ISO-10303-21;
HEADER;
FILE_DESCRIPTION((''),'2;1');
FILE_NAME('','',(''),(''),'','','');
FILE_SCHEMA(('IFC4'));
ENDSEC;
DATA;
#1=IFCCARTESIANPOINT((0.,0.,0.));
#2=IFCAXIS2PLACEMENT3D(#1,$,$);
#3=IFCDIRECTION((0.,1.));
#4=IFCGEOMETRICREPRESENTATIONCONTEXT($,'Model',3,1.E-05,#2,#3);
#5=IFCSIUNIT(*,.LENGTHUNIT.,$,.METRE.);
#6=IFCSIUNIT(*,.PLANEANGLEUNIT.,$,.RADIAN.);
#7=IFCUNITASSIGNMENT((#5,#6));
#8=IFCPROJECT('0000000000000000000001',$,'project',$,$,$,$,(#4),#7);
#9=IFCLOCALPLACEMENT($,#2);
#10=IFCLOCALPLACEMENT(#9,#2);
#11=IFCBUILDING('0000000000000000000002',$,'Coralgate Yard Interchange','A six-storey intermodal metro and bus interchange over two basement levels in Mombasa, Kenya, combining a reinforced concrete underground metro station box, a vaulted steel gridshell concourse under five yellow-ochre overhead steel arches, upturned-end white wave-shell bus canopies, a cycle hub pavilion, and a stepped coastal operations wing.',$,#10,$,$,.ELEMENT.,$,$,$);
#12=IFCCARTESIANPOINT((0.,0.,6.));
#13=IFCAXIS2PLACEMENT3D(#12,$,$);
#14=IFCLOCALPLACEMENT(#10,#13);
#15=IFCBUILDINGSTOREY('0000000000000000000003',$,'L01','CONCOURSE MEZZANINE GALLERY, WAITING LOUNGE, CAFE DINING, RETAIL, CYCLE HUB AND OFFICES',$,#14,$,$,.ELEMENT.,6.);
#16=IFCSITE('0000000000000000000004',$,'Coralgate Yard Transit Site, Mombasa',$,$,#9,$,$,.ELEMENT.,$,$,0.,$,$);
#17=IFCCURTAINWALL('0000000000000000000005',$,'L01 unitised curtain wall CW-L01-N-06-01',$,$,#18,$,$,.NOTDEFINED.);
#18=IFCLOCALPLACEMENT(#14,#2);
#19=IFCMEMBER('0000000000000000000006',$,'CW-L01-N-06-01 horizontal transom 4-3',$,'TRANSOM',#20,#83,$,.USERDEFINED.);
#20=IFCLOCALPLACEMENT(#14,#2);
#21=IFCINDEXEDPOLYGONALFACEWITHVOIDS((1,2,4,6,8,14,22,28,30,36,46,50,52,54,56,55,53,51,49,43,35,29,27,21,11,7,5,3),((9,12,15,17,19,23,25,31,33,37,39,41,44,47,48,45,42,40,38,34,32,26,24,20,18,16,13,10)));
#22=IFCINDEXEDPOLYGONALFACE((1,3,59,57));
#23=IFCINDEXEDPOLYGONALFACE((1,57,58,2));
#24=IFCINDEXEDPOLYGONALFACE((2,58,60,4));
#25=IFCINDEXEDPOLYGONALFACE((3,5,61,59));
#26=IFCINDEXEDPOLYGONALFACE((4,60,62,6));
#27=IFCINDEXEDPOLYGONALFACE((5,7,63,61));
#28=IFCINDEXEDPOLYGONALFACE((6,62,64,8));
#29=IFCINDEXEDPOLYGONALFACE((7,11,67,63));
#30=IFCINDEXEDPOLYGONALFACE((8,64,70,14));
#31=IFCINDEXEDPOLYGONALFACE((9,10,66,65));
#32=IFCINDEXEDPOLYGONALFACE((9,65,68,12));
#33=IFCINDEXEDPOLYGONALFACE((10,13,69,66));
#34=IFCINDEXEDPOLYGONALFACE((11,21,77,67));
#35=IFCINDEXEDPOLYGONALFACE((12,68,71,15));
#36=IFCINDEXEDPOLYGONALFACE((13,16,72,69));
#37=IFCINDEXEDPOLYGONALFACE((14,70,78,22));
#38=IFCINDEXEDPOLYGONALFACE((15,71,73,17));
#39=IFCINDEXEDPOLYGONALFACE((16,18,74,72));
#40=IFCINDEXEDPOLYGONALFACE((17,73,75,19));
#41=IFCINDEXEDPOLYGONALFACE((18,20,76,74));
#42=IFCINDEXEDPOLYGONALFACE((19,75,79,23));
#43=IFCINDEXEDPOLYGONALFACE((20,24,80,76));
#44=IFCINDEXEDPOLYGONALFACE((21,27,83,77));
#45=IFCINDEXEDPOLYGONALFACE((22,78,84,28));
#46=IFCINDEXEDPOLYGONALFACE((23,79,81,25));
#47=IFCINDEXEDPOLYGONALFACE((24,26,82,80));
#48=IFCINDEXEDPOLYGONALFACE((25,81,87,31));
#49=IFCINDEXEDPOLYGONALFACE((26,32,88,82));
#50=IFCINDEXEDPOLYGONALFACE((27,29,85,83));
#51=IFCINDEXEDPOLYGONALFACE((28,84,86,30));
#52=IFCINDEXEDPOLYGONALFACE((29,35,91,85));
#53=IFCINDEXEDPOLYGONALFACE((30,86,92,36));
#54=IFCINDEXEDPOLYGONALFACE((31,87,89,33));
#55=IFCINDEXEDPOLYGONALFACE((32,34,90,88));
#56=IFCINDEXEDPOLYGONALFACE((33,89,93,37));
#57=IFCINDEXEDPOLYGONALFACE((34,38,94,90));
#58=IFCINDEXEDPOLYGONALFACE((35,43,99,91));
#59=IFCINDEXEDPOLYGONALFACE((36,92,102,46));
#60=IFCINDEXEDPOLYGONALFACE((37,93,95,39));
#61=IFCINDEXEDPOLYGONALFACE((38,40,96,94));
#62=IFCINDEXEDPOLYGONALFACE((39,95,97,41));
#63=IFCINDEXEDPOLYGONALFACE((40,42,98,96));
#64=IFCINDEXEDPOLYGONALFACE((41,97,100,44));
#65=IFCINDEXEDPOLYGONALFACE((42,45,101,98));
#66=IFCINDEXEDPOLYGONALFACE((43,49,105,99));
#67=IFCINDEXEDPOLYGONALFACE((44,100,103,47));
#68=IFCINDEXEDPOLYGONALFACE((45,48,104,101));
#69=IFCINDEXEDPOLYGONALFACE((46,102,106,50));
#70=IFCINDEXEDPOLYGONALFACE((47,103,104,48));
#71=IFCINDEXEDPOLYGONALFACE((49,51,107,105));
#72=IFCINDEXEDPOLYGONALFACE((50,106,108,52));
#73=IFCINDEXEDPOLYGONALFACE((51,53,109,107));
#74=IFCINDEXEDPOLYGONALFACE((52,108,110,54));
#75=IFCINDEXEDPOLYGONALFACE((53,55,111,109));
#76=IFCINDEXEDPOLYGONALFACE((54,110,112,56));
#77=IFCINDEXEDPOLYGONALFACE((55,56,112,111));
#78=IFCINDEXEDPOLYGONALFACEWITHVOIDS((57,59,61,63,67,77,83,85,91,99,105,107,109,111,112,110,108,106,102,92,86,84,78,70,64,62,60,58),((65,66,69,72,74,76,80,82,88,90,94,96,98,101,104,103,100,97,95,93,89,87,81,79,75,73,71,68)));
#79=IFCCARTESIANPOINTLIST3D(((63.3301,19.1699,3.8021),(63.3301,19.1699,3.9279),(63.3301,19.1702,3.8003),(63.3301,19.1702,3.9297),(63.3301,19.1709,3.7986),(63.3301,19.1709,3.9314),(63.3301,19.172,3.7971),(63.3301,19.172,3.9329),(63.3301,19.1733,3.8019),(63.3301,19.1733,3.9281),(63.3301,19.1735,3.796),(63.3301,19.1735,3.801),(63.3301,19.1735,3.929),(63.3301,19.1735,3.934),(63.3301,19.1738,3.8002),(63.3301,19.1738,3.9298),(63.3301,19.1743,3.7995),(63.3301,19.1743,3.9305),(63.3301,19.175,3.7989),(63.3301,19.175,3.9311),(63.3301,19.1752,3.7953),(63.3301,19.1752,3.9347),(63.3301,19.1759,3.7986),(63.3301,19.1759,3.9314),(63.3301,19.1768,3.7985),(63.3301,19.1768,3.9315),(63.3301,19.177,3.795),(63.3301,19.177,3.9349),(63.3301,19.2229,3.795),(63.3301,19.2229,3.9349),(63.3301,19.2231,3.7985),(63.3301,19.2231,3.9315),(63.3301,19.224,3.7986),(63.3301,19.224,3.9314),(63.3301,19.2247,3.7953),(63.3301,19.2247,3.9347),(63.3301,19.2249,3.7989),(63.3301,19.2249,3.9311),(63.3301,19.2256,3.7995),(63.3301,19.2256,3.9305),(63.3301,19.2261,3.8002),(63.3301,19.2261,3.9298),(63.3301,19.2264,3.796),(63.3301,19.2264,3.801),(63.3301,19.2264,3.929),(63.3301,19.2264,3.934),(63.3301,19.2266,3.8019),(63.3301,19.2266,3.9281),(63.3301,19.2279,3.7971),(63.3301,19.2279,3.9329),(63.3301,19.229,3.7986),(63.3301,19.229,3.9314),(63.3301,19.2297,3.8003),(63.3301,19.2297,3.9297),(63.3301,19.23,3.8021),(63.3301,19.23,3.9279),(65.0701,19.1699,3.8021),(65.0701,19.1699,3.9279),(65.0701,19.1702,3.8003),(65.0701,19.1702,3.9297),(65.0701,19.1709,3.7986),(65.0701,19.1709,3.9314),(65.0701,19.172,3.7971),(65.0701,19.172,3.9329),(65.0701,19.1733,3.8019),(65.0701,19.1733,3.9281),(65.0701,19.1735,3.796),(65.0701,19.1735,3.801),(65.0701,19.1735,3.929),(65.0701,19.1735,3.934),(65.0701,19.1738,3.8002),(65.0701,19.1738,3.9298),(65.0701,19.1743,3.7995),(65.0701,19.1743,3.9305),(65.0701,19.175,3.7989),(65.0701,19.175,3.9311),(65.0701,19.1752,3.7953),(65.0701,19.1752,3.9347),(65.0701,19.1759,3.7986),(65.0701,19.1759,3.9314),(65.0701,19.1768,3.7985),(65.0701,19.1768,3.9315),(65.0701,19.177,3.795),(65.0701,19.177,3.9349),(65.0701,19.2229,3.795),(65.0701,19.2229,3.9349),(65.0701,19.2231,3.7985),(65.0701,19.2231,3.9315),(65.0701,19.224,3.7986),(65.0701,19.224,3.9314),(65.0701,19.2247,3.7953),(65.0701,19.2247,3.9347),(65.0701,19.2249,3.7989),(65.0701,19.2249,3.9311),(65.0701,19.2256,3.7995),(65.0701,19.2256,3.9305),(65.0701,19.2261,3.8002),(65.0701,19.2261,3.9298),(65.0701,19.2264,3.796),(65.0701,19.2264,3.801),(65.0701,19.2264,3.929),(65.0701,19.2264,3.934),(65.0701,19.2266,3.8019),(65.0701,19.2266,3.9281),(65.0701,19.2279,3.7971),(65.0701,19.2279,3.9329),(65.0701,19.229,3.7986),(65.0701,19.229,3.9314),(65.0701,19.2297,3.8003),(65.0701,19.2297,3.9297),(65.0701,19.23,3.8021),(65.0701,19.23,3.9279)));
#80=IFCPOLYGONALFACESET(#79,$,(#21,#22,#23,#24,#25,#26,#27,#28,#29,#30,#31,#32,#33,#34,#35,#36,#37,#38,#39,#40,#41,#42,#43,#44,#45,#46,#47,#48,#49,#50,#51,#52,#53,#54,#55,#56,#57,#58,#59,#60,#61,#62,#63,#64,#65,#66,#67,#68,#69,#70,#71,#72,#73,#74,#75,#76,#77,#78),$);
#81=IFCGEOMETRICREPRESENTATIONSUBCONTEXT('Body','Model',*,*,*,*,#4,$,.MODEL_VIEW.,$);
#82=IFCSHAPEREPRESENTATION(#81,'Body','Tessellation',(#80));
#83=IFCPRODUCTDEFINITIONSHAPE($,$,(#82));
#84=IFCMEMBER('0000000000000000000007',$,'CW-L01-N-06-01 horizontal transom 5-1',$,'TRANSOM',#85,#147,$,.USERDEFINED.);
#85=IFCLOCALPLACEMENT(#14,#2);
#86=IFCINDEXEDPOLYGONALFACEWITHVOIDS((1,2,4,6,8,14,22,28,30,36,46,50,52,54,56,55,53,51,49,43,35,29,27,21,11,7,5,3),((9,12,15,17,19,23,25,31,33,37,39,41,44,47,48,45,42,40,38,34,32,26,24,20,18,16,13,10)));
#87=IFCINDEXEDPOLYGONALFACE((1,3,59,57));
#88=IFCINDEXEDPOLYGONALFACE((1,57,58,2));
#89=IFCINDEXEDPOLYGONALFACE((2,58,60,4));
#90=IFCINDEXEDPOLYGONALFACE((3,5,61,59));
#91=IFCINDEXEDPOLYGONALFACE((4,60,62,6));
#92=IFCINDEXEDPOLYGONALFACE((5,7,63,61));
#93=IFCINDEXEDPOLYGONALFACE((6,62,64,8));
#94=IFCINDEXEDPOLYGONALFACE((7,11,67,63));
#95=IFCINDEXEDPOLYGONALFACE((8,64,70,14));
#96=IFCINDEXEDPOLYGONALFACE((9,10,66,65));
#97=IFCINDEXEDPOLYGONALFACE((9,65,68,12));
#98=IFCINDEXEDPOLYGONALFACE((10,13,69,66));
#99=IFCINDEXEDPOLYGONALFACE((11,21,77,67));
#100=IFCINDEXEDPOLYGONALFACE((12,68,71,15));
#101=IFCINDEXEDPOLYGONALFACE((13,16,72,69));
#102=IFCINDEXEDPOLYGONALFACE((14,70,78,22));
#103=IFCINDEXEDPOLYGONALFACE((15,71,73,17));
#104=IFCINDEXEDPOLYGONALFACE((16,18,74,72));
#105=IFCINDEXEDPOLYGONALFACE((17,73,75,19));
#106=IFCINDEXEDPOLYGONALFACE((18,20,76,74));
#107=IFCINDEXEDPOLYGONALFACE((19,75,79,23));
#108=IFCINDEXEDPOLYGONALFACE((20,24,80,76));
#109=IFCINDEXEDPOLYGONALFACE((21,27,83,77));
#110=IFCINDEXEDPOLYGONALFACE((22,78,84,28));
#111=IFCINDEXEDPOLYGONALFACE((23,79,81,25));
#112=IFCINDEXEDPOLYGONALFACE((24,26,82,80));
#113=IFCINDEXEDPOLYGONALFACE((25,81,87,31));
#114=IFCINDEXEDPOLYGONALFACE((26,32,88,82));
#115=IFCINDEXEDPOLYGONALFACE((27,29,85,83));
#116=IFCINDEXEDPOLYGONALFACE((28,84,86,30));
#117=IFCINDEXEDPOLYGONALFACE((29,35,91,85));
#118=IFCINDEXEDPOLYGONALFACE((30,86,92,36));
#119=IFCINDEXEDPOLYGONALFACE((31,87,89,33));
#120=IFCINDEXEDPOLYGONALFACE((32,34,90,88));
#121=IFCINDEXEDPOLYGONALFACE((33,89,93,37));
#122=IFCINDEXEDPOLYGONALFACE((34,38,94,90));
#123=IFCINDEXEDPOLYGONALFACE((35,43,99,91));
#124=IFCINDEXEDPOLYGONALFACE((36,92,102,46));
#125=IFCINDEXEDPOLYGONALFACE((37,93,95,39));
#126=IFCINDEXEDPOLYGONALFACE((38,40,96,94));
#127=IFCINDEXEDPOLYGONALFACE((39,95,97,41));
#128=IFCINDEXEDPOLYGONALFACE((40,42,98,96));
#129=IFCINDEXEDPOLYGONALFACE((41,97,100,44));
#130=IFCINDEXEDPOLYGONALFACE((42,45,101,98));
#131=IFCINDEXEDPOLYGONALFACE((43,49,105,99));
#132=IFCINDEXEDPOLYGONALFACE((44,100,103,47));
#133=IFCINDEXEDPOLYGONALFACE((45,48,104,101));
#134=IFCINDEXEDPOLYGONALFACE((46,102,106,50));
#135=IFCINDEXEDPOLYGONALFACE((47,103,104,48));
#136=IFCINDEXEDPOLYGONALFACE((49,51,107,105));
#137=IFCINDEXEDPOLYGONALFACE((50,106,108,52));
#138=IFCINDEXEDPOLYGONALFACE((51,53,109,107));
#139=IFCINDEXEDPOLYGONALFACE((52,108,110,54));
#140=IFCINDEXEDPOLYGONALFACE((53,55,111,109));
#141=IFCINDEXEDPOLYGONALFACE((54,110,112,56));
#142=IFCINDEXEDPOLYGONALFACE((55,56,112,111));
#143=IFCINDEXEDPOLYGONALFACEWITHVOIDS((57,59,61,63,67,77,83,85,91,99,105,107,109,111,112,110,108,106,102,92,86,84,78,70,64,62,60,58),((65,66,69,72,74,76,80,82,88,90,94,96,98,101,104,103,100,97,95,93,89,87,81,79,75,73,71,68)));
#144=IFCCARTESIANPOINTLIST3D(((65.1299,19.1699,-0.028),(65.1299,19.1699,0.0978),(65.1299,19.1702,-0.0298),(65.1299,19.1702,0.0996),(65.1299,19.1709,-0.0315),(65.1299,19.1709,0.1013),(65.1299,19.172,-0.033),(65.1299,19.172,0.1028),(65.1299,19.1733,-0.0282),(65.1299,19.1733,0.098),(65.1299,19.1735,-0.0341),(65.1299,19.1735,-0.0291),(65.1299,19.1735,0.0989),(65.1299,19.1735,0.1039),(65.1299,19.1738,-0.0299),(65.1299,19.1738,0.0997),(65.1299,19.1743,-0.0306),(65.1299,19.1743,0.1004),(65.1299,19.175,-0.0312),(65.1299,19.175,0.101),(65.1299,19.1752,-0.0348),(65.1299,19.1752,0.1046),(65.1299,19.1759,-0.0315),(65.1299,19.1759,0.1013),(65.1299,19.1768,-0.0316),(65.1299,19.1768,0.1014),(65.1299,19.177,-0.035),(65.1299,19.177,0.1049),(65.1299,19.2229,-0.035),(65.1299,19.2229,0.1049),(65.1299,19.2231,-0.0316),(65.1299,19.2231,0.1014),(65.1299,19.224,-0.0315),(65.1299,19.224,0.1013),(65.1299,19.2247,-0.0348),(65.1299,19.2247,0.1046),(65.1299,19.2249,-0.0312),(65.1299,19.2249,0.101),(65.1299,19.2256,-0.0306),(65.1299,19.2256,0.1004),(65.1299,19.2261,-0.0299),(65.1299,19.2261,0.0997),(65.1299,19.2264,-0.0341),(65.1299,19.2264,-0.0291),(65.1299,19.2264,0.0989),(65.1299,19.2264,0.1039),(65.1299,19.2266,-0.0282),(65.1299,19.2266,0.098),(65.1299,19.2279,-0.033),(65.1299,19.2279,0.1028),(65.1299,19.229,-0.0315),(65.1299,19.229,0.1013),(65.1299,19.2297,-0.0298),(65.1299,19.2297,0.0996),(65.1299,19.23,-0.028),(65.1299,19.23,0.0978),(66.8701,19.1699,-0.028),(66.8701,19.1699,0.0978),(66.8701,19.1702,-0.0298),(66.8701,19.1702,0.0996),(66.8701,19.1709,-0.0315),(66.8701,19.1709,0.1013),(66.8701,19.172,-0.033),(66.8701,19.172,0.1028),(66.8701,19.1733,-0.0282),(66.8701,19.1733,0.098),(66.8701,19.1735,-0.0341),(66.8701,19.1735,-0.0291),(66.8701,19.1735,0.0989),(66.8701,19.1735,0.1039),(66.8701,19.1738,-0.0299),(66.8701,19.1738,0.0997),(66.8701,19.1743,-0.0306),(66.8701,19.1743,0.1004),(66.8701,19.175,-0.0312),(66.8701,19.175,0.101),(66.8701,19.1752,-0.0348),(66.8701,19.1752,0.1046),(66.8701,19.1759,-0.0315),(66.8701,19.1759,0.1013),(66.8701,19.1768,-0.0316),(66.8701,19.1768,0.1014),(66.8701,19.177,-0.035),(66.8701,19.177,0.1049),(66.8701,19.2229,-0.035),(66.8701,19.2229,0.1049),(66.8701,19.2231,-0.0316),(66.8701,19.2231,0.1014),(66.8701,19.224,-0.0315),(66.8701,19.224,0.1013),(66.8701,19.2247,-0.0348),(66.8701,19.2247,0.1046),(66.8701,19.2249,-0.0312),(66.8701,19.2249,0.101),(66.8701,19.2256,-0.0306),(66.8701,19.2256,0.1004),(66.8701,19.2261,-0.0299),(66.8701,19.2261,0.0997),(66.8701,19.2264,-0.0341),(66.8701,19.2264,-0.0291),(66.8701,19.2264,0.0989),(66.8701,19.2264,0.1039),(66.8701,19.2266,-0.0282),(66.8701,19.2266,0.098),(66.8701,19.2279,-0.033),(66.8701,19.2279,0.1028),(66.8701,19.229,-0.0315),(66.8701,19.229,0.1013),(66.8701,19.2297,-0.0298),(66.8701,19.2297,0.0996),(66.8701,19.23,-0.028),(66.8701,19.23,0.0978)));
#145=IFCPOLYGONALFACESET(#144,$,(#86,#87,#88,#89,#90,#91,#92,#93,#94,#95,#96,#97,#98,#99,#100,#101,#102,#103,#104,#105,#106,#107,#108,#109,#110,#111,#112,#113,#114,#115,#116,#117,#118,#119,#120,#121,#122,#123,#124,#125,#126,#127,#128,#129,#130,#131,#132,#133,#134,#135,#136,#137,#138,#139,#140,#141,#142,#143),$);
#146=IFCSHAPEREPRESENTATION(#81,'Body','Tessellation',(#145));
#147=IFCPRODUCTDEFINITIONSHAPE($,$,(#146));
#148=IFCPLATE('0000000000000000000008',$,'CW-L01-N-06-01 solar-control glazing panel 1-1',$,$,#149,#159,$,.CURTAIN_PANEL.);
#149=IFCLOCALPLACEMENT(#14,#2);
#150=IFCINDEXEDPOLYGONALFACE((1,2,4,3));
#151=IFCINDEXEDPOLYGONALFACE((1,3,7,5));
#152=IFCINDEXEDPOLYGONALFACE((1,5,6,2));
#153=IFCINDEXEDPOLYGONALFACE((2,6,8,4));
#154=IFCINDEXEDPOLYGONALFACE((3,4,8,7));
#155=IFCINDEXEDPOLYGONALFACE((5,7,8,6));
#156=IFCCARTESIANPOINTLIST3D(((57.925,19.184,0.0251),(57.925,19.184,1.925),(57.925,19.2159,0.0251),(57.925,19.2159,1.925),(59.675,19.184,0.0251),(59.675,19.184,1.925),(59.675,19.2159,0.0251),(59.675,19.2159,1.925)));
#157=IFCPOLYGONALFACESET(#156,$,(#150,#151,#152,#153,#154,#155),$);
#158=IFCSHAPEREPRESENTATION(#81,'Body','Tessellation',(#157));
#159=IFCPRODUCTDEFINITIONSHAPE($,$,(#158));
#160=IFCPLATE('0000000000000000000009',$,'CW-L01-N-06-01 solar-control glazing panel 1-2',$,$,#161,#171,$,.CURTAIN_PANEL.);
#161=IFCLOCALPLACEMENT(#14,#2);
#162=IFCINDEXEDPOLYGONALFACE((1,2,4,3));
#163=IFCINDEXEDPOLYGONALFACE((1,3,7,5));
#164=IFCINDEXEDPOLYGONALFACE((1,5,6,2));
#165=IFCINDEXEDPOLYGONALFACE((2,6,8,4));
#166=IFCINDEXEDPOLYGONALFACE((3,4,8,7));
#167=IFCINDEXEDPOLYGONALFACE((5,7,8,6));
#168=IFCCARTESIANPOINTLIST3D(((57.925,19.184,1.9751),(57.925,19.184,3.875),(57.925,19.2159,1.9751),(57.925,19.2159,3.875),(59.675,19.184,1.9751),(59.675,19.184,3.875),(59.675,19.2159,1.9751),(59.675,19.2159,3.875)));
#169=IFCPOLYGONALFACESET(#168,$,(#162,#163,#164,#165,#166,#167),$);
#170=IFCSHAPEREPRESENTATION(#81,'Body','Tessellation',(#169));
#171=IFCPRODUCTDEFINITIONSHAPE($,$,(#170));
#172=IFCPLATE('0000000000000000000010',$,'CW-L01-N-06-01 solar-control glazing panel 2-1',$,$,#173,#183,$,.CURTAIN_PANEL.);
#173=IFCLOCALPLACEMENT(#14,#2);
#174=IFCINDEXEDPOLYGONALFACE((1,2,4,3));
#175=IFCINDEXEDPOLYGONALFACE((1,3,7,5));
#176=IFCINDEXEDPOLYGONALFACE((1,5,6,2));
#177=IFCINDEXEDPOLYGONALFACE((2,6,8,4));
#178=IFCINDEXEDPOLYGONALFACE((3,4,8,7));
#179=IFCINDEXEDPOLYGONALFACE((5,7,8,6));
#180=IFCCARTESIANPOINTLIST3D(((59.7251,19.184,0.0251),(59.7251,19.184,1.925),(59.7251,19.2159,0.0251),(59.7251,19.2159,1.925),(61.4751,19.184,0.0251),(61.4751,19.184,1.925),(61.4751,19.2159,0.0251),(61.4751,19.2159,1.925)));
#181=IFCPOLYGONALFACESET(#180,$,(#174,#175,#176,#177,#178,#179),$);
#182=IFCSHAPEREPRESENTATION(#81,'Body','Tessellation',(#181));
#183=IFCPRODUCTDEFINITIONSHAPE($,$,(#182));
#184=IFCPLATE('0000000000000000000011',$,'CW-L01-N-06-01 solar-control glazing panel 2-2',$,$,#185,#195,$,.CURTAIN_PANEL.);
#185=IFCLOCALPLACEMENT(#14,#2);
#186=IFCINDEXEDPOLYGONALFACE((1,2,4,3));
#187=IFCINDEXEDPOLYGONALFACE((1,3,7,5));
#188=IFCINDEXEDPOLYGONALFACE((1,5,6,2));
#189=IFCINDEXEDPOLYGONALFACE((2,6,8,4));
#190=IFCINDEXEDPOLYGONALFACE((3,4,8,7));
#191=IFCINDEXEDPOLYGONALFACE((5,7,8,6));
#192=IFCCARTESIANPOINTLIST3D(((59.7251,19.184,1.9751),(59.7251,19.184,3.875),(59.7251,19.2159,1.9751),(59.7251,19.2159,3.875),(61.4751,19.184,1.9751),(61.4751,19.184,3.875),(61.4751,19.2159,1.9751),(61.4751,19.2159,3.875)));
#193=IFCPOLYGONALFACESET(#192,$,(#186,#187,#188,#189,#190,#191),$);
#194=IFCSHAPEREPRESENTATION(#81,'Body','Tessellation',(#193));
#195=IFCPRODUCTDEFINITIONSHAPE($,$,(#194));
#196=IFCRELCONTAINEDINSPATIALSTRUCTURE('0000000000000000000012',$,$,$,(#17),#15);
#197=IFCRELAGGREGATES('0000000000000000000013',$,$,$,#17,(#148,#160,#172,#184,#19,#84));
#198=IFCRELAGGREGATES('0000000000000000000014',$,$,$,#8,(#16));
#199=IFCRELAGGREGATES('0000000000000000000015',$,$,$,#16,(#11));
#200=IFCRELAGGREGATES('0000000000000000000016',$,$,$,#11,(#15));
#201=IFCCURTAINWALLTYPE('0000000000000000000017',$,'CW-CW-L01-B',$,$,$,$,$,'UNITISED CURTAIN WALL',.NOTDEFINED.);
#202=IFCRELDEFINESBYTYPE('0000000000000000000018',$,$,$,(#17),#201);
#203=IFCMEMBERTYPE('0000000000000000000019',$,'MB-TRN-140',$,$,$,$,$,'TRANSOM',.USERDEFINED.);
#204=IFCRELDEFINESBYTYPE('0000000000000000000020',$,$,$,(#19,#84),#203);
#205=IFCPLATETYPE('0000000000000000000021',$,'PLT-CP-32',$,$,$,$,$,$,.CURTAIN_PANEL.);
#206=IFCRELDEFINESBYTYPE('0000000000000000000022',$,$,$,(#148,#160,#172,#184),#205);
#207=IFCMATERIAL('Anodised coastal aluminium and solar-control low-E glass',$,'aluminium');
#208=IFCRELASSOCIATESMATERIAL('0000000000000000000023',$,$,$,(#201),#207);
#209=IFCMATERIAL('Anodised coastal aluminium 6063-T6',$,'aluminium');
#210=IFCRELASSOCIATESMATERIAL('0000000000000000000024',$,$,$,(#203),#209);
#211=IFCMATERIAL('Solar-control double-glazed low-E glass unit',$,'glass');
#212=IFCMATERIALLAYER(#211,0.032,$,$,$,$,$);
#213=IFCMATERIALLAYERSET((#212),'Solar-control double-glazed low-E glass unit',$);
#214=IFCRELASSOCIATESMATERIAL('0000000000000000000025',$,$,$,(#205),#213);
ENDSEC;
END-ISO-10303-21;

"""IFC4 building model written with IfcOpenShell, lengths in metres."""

from ifc_helpers import new_model, si_unit, direction, frame, origin, origin_2d, place, context, subcontext, project, spatial, rectangle, hollow_rectangle, extrude, material, layer, layer_set, material_profile, profile_set, type_object, element, aggregate, save


model = new_model("IFC4")

# Units and contexts
model_context = context("Model", 3, precision=1e-05, world=origin(), true_north=direction((0.0, 1.0)))
body_context = subcontext(model_context, "Body", "Model", "MODEL_VIEW")
ifc_project = project(units=[si_unit("LENGTHUNIT", "METRE"), si_unit("PLANEANGLEUNIT", "RADIAN")], contexts=[model_context])

# Site, building, storey
site_placement = place(None, origin())
site = spatial("IfcSite", under=ifc_project, at=site_placement, Name="Coralgate Yard Transit Site, Mombasa", CompositionType="ELEMENT", RefElevation=0.0)
building_placement = place(site_placement, origin())
building = spatial("IfcBuilding", under=site, at=building_placement, Name="Coralgate Yard Interchange", Description="A six-storey intermodal metro and bus interchange over two basement levels in Mombasa, Kenya, combining a reinforced concrete underground metro station box, a vaulted steel gridshell concourse under five yellow-ochre overhead steel arches, upturned-end white wave-shell bus canopies, a cycle hub pavilion, and a stepped coastal operations wing.", CompositionType="ELEMENT")
storey_placement = place(building_placement, frame((0.0, 0.0, 6.0)))
storey = spatial("IfcBuildingStorey", under=building, at=storey_placement, Name="L01", Description="CONCOURSE MEZZANINE GALLERY, WAITING LOUNGE, CAFE DINING, RETAIL, CYCLE HUB AND OFFICES", CompositionType="ELEMENT", Elevation=6.0)

# Curtain wall, members, plates
ifc_material_1 = material(Name="Anodised coastal aluminium and solar-control low-E glass", Category="aluminium")
curtain_wall_type = type_object("IfcCurtainWallType", Name="CW-CW-L01-B", ElementType="UNITISED CURTAIN WALL", PredefinedType="NOTDEFINED", material=ifc_material_1)
curtain_wall_placement = place(storey_placement, origin())
curtain_wall = element("IfcCurtainWall", 1, at=curtain_wall_placement, inside=storey, type_object=curtain_wall_type, Name="L01 unitised curtain wall CW-L01-N-06-01", PredefinedType="NOTDEFINED")
ifc_material_2 = material(Name="Anodised coastal aluminium 6063-T6", Category="aluminium")
ifc_material_profile_1 = material_profile(ifc_material_2, hollow_rectangle(XDim=0.0601, YDim=0.1399, WallThickness=0.0034, InnerFilletRadius=0.0034, OuterFilletRadius=0.0071, at=origin_2d()), Name="ALU 60x140x3.5")
ifc_profile_set_1 = profile_set([ifc_material_profile_1], Name="Anodised coastal aluminium 6063-T6")
member_type_1 = type_object("IfcMemberType", Name="MB-TRN-140", ElementType="TRANSOM", PredefinedType="USERDEFINED", material=ifc_profile_set_1)
member_1_placement = place(storey_placement, frame((63.3301, 19.2, 3.865), z_axis=(1.0, 0.0, 0.0), x_axis=(0.0, 1.0, 0.0)))
member_1 = element("IfcMember", 2, at=member_1_placement, type_object=member_type_1, Name="CW-L01-N-06-01 horizontal transom 4-3", ObjectType="TRANSOM", PredefinedType="USERDEFINED", context=body_context, shape_type="SweptSolid", body=[
    extrude(hollow_rectangle(XDim=0.0601, YDim=0.1399, WallThickness=0.0034, InnerFilletRadius=0.0034, OuterFilletRadius=0.0071, at=origin_2d()), origin(), (0.0, 0.0, 1.0), 1.74),
])
member_2_placement = place(storey_placement, frame((65.1299, 19.2, 0.0349), z_axis=(1.0, 0.0, 0.0), x_axis=(0.0, 1.0, 0.0)))
member_2 = element("IfcMember", 3, at=member_2_placement, type_object=member_type_1, Name="CW-L01-N-06-01 horizontal transom 5-1", ObjectType="TRANSOM", PredefinedType="USERDEFINED", context=body_context, shape_type="SweptSolid", body=[
    extrude(hollow_rectangle(XDim=0.0601, YDim=0.1399, WallThickness=0.0034, InnerFilletRadius=0.0034, OuterFilletRadius=0.0071, at=origin_2d()), origin(), (0.0, 0.0, 1.0), 1.7402),
])
ifc_material_3 = material(Name="Solar-control double-glazed low-E glass unit", Category="glass")
ifc_layer = layer(ifc_material_3, 0.032)
ifc_layer_set = layer_set([ifc_layer], Name="Solar-control double-glazed low-E glass unit")
plate_type = type_object("IfcPlateType", Name="PLT-CP-32", PredefinedType="CURTAIN_PANEL", material=ifc_layer_set)
plate_1_placement = place(storey_placement, frame((58.8, 19.2, 0.0251), z_axis=(0.0, 0.0, 1.0), x_axis=(1.0, 0.0, 0.0)))
plate_1 = element("IfcPlate", 4, at=plate_1_placement, type_object=plate_type, Name="CW-L01-N-06-01 solar-control glazing panel 1-1", PredefinedType="CURTAIN_PANEL", context=body_context, shape_type="SweptSolid", body=[
    extrude(rectangle(XDim=1.75, YDim=0.032, at=origin_2d()), origin(), (0.0, 0.0, 1.0), 1.8999),
])
plate_2_placement = place(storey_placement, frame((58.8, 19.2, 1.9751), z_axis=(0.0, 0.0, 1.0), x_axis=(1.0, 0.0, 0.0)))
plate_2 = element("IfcPlate", 5, at=plate_2_placement, type_object=plate_type, Name="CW-L01-N-06-01 solar-control glazing panel 1-2", PredefinedType="CURTAIN_PANEL", context=body_context, shape_type="SweptSolid", body=[
    extrude(rectangle(XDim=1.75, YDim=0.032, at=origin_2d()), origin(), (0.0, 0.0, 1.0), 1.8999),
])
plate_3_placement = place(storey_placement, frame((60.6001, 19.2, 0.0251), z_axis=(0.0, 0.0, 1.0), x_axis=(1.0, 0.0, 0.0)))
plate_3 = element("IfcPlate", 6, at=plate_3_placement, type_object=plate_type, Name="CW-L01-N-06-01 solar-control glazing panel 2-1", PredefinedType="CURTAIN_PANEL", context=body_context, shape_type="SweptSolid", body=[
    extrude(rectangle(XDim=1.75, YDim=0.032, at=origin_2d()), origin(), (0.0, 0.0, 1.0), 1.8999),
])
plate_4_placement = place(storey_placement, frame((60.6001, 19.2, 1.9751), z_axis=(0.0, 0.0, 1.0), x_axis=(1.0, 0.0, 0.0)))
plate_4 = element("IfcPlate", 7, at=plate_4_placement, type_object=plate_type, Name="CW-L01-N-06-01 solar-control glazing panel 2-2", PredefinedType="CURTAIN_PANEL", context=body_context, shape_type="SweptSolid", body=[
    extrude(rectangle(XDim=1.75, YDim=0.032, at=origin_2d()), origin(), (0.0, 0.0, 1.0), 1.8999),
])
aggregate(curtain_wall, [plate_1, plate_2, plate_3, plate_4, member_1, member_2])

save(model, "model.ifc")
